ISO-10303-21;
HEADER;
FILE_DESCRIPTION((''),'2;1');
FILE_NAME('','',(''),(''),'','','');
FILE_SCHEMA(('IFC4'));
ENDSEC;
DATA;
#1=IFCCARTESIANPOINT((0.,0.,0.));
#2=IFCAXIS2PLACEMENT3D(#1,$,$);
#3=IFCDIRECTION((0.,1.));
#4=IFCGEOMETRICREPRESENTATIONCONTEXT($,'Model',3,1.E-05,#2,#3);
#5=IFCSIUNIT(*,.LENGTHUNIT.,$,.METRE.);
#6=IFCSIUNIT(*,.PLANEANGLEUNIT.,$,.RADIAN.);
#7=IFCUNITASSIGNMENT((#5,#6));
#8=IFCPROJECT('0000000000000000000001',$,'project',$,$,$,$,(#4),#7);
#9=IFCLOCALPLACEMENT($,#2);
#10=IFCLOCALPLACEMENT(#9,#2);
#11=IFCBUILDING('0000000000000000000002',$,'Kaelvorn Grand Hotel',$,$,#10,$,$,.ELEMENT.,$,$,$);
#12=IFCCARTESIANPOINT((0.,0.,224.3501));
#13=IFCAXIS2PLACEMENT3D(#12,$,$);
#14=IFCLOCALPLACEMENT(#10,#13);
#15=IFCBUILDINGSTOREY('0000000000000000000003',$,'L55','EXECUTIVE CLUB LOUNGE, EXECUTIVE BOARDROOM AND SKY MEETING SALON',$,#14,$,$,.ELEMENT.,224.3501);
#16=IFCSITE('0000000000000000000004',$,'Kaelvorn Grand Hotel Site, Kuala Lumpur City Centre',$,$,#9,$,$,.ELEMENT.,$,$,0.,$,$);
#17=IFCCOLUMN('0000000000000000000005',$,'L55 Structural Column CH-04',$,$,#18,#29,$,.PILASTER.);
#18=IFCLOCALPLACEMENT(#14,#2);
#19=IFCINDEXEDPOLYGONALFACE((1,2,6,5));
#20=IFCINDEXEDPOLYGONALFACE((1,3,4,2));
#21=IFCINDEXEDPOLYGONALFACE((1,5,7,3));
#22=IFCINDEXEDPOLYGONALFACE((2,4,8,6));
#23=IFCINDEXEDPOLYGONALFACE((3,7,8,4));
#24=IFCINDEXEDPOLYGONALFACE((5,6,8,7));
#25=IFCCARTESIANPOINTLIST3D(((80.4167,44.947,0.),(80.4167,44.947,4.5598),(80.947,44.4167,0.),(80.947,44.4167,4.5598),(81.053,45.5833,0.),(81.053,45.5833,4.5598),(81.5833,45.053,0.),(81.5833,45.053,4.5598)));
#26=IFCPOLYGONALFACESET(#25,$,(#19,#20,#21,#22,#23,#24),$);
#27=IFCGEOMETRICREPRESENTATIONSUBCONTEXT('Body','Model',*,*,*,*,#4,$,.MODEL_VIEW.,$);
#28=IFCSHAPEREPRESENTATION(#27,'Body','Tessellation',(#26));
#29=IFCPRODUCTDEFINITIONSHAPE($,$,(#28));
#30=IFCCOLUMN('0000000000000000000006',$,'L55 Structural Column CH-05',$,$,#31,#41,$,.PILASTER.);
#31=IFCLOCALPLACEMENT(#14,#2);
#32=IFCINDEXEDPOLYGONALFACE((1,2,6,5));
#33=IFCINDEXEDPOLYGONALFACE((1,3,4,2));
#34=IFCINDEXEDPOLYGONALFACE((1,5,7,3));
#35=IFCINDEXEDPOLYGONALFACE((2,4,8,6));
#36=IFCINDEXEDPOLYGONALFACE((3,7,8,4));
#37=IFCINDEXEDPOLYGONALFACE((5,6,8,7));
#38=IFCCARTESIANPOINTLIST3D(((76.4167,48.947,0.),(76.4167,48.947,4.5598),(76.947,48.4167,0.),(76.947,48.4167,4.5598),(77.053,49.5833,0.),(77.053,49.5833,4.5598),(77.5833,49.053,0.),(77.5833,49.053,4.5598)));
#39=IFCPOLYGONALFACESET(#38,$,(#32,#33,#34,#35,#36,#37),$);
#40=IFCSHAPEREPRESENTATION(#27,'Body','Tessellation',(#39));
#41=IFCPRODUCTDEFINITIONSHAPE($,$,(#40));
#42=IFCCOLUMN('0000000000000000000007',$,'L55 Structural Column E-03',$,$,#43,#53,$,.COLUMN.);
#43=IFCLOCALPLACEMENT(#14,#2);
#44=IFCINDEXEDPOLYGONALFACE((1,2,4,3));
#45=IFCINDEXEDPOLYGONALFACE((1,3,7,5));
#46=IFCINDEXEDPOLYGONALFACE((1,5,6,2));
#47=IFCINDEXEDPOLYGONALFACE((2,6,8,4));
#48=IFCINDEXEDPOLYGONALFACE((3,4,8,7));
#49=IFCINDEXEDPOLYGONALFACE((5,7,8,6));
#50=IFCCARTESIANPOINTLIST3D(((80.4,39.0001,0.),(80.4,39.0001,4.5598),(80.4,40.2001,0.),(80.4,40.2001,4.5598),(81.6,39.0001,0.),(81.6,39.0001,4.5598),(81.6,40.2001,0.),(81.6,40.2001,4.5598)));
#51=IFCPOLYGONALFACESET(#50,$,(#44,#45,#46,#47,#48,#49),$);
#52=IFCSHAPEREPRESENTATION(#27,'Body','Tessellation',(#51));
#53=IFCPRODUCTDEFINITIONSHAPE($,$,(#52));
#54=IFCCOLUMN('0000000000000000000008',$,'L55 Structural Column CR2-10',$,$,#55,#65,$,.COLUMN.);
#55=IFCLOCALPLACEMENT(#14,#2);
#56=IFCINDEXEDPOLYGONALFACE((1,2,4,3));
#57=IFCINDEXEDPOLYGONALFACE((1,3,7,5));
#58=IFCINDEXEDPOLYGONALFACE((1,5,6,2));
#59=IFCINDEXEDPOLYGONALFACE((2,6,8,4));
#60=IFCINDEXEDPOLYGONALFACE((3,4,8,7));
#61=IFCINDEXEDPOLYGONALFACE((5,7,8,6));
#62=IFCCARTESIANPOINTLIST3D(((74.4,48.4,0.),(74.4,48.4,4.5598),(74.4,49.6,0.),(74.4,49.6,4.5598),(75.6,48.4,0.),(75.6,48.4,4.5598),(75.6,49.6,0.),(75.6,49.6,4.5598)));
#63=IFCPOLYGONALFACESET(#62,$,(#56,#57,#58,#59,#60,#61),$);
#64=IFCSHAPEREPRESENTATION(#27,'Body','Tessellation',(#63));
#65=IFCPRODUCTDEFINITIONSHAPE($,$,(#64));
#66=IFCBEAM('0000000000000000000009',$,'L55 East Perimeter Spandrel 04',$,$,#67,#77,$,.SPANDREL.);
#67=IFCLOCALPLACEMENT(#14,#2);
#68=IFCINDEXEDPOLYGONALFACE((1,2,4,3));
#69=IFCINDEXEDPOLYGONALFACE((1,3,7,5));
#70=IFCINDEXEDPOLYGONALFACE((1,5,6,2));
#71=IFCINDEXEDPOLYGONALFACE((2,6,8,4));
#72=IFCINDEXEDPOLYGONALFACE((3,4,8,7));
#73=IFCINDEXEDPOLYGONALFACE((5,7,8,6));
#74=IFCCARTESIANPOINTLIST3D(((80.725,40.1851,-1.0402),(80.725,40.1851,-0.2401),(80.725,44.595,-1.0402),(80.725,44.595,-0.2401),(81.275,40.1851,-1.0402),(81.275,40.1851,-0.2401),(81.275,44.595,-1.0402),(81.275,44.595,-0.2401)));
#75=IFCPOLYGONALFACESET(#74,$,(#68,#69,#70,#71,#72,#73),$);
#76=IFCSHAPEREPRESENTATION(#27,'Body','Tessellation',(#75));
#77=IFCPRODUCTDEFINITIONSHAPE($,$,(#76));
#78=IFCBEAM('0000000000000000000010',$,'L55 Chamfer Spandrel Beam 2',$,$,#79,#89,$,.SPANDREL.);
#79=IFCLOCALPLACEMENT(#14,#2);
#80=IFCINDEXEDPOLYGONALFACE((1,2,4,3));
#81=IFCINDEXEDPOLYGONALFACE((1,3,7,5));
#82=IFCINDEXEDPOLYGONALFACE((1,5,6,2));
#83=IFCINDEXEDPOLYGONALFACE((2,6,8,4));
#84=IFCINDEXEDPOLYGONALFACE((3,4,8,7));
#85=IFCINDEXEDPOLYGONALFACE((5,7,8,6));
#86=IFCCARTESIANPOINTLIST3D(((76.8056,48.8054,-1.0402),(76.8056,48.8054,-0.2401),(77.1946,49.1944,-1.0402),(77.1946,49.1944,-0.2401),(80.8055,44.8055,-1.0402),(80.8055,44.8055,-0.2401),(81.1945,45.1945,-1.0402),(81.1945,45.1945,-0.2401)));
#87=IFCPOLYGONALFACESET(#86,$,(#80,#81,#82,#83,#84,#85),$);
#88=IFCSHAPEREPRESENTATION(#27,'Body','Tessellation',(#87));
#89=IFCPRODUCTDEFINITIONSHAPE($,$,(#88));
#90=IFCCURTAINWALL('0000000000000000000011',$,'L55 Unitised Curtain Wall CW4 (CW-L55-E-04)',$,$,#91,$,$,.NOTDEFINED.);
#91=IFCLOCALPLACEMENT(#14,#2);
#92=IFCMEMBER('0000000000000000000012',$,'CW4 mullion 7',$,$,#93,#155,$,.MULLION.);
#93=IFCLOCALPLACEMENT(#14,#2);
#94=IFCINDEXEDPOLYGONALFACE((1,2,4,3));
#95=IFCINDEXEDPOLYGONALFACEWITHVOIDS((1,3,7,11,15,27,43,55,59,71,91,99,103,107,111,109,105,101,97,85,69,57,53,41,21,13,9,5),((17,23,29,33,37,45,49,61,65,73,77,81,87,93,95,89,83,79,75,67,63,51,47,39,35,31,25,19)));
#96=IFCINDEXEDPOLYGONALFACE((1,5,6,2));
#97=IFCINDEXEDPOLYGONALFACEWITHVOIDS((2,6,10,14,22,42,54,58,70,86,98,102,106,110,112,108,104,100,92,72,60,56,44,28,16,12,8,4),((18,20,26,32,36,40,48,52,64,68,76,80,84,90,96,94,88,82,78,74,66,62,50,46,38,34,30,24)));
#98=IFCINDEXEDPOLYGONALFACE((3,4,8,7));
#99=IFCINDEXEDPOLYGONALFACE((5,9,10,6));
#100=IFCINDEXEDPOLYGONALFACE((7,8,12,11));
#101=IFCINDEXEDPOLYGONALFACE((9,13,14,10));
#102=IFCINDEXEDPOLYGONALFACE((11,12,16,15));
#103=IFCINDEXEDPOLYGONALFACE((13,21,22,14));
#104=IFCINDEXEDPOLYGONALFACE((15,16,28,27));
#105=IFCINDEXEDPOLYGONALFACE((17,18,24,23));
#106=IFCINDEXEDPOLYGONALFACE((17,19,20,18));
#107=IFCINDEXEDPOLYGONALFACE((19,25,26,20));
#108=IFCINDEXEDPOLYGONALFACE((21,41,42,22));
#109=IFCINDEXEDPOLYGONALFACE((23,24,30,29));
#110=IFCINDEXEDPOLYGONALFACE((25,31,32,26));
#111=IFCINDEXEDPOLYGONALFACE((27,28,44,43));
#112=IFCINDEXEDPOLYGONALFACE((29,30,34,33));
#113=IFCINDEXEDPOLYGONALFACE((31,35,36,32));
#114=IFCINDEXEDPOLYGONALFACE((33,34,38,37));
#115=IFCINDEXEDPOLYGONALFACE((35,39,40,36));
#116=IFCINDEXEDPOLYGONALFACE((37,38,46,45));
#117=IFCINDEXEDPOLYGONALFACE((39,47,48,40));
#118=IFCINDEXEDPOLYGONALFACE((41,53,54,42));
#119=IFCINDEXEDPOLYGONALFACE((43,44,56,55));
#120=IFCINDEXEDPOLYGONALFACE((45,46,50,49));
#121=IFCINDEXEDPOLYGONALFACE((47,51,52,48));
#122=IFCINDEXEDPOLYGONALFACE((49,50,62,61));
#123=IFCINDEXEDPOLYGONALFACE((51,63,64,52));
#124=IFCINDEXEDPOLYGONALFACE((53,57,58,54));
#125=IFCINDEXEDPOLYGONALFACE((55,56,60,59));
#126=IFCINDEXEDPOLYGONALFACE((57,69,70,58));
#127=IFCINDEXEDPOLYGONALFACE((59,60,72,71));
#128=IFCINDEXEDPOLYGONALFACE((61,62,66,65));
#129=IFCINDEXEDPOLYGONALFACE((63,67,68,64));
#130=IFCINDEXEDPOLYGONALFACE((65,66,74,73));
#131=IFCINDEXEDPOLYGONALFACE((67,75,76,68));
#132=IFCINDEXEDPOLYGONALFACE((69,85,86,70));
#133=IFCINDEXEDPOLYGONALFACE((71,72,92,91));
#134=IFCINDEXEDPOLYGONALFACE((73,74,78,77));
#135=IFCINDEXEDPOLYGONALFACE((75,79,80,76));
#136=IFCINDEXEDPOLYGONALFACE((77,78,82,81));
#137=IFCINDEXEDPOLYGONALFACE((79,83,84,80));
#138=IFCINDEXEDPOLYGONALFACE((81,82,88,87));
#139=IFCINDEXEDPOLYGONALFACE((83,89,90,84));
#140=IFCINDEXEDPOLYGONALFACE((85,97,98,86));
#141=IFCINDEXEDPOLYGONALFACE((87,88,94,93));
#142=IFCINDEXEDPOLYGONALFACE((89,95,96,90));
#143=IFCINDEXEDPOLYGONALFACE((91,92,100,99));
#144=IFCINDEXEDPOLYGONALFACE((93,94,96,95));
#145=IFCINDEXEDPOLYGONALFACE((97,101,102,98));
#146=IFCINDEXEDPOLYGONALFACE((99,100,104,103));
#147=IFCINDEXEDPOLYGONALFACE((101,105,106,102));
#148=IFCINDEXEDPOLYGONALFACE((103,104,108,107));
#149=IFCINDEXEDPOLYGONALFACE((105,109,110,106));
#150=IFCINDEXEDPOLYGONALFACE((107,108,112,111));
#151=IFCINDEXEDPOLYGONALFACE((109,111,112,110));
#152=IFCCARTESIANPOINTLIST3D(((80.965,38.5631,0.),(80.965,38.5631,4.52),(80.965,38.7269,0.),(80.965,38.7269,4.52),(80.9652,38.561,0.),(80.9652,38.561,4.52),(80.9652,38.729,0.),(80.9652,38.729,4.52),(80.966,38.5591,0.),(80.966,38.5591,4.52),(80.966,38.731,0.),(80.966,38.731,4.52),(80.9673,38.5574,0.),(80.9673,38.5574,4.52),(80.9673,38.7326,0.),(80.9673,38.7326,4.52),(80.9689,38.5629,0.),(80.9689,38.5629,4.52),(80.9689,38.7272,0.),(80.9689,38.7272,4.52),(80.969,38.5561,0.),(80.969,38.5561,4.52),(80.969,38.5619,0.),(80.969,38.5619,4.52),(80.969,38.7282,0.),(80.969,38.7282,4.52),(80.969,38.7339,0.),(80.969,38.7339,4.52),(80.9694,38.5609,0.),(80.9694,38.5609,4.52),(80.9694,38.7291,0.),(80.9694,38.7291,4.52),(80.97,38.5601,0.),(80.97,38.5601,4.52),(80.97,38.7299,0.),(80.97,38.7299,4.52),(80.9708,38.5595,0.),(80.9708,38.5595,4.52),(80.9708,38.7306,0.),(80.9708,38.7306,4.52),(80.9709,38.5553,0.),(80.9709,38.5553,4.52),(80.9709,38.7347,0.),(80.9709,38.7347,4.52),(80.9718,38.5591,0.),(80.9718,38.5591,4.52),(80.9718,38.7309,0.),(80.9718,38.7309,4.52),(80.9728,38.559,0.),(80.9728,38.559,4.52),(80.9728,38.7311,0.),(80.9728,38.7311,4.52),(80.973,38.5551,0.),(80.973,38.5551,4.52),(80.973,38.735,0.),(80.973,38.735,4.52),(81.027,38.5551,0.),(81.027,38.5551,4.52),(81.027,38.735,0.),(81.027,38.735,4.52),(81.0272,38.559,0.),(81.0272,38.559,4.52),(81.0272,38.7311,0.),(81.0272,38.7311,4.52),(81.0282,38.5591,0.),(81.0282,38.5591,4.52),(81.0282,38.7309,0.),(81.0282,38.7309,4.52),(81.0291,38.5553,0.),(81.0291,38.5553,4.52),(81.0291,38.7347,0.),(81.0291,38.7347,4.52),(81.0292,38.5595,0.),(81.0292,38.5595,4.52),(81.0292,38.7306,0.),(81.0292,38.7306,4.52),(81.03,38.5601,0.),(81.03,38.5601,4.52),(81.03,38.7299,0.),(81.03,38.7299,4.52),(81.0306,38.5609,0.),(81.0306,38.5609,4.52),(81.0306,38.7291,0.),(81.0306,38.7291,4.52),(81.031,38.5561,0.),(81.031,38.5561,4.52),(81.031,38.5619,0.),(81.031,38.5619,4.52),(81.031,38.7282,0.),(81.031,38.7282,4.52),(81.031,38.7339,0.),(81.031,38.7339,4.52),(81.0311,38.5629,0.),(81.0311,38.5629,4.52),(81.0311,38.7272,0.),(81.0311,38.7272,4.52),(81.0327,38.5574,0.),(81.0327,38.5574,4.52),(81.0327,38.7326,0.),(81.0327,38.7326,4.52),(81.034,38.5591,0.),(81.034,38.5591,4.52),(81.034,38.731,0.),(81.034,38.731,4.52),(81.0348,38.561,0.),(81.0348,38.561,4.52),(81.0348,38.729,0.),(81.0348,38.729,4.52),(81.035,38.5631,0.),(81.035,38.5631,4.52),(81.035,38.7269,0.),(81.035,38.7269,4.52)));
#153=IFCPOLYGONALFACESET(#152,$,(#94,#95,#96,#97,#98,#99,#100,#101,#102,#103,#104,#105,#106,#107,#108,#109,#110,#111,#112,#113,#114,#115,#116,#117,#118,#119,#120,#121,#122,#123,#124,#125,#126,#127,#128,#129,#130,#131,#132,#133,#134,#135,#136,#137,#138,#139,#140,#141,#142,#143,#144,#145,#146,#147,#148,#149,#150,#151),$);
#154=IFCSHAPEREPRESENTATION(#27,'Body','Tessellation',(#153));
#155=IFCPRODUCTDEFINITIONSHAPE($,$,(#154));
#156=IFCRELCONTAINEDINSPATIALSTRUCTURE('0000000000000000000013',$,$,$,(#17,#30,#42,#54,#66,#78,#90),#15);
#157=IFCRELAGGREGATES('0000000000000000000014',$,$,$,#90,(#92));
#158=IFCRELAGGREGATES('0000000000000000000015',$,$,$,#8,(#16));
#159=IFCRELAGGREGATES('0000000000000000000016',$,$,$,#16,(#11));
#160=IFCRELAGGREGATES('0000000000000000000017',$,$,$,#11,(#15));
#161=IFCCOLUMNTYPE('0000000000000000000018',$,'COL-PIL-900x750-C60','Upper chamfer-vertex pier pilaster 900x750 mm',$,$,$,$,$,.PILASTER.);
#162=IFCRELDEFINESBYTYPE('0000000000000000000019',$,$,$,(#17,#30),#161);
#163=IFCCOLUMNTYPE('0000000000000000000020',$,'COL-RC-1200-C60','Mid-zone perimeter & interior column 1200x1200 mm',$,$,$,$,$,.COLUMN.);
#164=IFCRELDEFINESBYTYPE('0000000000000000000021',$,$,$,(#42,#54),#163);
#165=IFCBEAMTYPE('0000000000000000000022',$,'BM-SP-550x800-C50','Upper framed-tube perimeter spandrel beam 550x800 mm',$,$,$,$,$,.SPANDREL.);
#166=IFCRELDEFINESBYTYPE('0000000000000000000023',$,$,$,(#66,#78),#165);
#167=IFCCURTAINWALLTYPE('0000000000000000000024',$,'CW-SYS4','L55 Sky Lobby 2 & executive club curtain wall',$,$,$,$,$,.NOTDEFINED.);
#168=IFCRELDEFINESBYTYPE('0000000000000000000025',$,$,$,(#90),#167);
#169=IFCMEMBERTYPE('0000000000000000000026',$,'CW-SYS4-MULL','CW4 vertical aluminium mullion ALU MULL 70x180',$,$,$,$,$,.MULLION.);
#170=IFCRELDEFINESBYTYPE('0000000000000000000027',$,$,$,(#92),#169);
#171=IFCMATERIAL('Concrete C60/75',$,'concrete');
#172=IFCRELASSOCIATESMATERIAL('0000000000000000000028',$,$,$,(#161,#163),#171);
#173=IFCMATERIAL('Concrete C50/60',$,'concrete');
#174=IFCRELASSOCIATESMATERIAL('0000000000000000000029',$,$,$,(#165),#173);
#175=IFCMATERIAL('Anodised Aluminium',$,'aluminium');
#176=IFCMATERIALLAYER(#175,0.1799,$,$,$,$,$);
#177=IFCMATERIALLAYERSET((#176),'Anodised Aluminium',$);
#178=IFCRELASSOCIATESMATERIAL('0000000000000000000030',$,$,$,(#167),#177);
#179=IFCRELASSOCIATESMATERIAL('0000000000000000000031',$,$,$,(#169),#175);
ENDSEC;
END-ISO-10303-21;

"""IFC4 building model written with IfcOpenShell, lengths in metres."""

from ifc_helpers import new_model, si_unit, direction, frame, origin, origin_2d, place, context, subcontext, project, spatial, rectangle, hollow_rectangle, extrude, material, layer, layer_set, material_profile, profile_set, type_object, element, aggregate, save


model = new_model("IFC4")

# Units and contexts
model_context = context("Model", 3, precision=1e-05, world=origin(), true_north=direction((0.0, 1.0)))
body_context = subcontext(model_context, "Body", "Model", "MODEL_VIEW")
ifc_project = project(units=[si_unit("LENGTHUNIT", "METRE"), si_unit("PLANEANGLEUNIT", "RADIAN")], contexts=[model_context])

# Site, building, storey
site_placement = place(None, origin())
site = spatial("IfcSite", under=ifc_project, at=site_placement, Name="Kaelvorn Grand Hotel Site, Kuala Lumpur City Centre", CompositionType="ELEMENT", RefElevation=0.0)
building_placement = place(site_placement, origin())
building = spatial("IfcBuilding", under=site, at=building_placement, Name="Kaelvorn Grand Hotel", CompositionType="ELEMENT")
storey_placement = place(building_placement, frame((0.0, 0.0, 224.3501)))
storey = spatial("IfcBuildingStorey", under=building, at=storey_placement, Name="L55", Description="EXECUTIVE CLUB LOUNGE, EXECUTIVE BOARDROOM AND SKY MEETING SALON", CompositionType="ELEMENT", Elevation=224.3501)

# Columns
ifc_material_1 = material(Name="Concrete C60/75", Category="concrete")
ifc_material_profile_1 = material_profile(ifc_material_1, rectangle(XDim=0.8999, YDim=0.75, at=origin_2d()), Name="RC PILASTER 900x750")
ifc_profile_set_1 = profile_set([ifc_material_profile_1], Name="Concrete C60/75")
column_type_1 = type_object("IfcColumnType", Name="COL-PIL-900x750-C60", Description="Upper chamfer-vertex pier pilaster 900x750 mm", PredefinedType="PILASTER", material=ifc_profile_set_1)
for number, where, z_axis, x_axis, name in (
    (1, (81.0, 45.0, 0.0), (0.0, 0.0, 1.0), (0.707107, 0.707107, 0.0), "L55 Structural Column CH-04"),
    (2, (77.0, 49.0, 0.0), (0.0, 0.0, 1.0), (0.707107, 0.707107, 0.0), "L55 Structural Column CH-05"),
):
    element("IfcColumn", number, at=place(storey_placement, frame(where, z_axis=z_axis, x_axis=x_axis)), inside=storey, type_object=column_type_1, Name=name, PredefinedType="PILASTER", context=body_context, shape_type="SweptSolid", body=[
        extrude(rectangle(XDim=0.8999, YDim=0.75, at=origin_2d()), origin(), (0.0, 0.0, 1.0), 4.5598),
    ])
ifc_material_profile_2 = material_profile(ifc_material_1, rectangle(XDim=1.2, YDim=1.2, at=origin_2d()), Name="RC COL 1200x1200")
ifc_profile_set_2 = profile_set([ifc_material_profile_2], Name="Concrete C60/75")
column_type_2 = type_object("IfcColumnType", Name="COL-RC-1200-C60", Description="Mid-zone perimeter & interior column 1200x1200 mm", PredefinedType="COLUMN", material=ifc_profile_set_2)
for number, where, z_axis, x_axis, name in (
    (3, (81.0, 39.6001, 0.0), (0.0, 0.0, 1.0), (1.0, 0.0, 0.0), "L55 Structural Column E-03"),
    (4, (75.0, 49.0, 0.0), (0.0, 0.0, 1.0), (1.0, 0.0, 0.0), "L55 Structural Column CR2-10"),
):
    element("IfcColumn", number, at=place(storey_placement, frame(where, z_axis=z_axis, x_axis=x_axis)), inside=storey, type_object=column_type_2, Name=name, PredefinedType="COLUMN", context=body_context, shape_type="SweptSolid", body=[
        extrude(rectangle(XDim=1.2, YDim=1.2, at=origin_2d()), origin(), (0.0, 0.0, 1.0), 4.5598),
    ])

# Beams
ifc_material_2 = material(Name="Concrete C50/60", Category="concrete")
ifc_material_profile_3 = material_profile(ifc_material_2, rectangle(XDim=0.55, YDim=0.8, at=origin_2d()), Name="RC SPANDREL 550x800")
ifc_profile_set_3 = profile_set([ifc_material_profile_3], Name="Concrete C50/60")
beam_type = type_object("IfcBeamType", Name="BM-SP-550x800-C50", Description="Upper framed-tube perimeter spandrel beam 550x800 mm", PredefinedType="SPANDREL", material=ifc_profile_set_3)
beam_1_placement = place(storey_placement, frame((81.0, 40.1851, -0.6401), z_axis=(0.0, 1.0, 0.0), x_axis=(-1.0, 0.0, 0.0)))
element("IfcBeam", 5, at=beam_1_placement, inside=storey, type_object=beam_type, Name="L55 East Perimeter Spandrel 04", PredefinedType="SPANDREL", context=body_context, shape_type="SweptSolid", body=[
    extrude(rectangle(XDim=0.55, YDim=0.8, at=origin_2d()), origin(), (0.0, 0.0, 1.0), 4.4099),
])
beam_2_placement = place(storey_placement, frame((81.0, 45.0, -0.6401), z_axis=(-0.707107, 0.707107, 0.0), x_axis=(-0.707107, -0.707107, 0.0)))
element("IfcBeam", 6, at=beam_2_placement, inside=storey, type_object=beam_type, Name="L55 Chamfer Spandrel Beam 2", PredefinedType="SPANDREL", context=body_context, shape_type="SweptSolid", body=[
    extrude(rectangle(XDim=0.55, YDim=0.8, at=origin_2d()), origin(), (0.0, 0.0, 1.0), 5.6567),
])

# Curtain wall, member
ifc_material_3 = material(Name="Anodised Aluminium", Category="aluminium")
ifc_layer_1 = layer(ifc_material_3, 0.1799)
ifc_layer_set_1 = layer_set([ifc_layer_1], Name="Anodised Aluminium")
curtain_wall_type = type_object("IfcCurtainWallType", Name="CW-SYS4", Description="L55 Sky Lobby 2 & executive club curtain wall", PredefinedType="NOTDEFINED", material=ifc_layer_set_1)
curtain_wall_1_placement = place(storey_placement, origin())
curtain_wall_1 = element("IfcCurtainWall", 7, at=curtain_wall_1_placement, inside=storey, type_object=curtain_wall_type, Name="L55 Unitised Curtain Wall CW4 (CW-L55-E-04)", PredefinedType="NOTDEFINED")
ifc_material_profile_4 = material_profile(ifc_material_3, hollow_rectangle(XDim=0.0701, YDim=0.1799, WallThickness=0.0039, InnerFilletRadius=0.0039, OuterFilletRadius=0.0081, at=origin_2d()), Name="ALU MULL 70x180")
ifc_profile_set_4 = profile_set([ifc_material_profile_4], Name="Anodised Aluminium")
member_type_1 = type_object("IfcMemberType", Name="CW-SYS4-MULL", Description="CW4 vertical aluminium mullion ALU MULL 70x180", PredefinedType="MULLION", material=ifc_profile_set_4)
member_1_placement = place(storey_placement, frame((81.0, 38.645, 0.0), z_axis=(0.0, 0.0, 1.0), x_axis=(-1.0, 0.0, 0.0)))
member_1 = element("IfcMember", 8, at=member_1_placement, type_object=member_type_1, Name="CW4 mullion 7", PredefinedType="MULLION", context=body_context, shape_type="SweptSolid", body=[
    extrude(hollow_rectangle(XDim=0.0701, YDim=0.1799, WallThickness=0.0039, InnerFilletRadius=0.0039, OuterFilletRadius=0.0081, at=origin_2d()), origin(), (0.0, 0.0, 1.0), 4.52),
])
aggregate(curtain_wall_1, [member_1])

save(model, "model.ifc")
